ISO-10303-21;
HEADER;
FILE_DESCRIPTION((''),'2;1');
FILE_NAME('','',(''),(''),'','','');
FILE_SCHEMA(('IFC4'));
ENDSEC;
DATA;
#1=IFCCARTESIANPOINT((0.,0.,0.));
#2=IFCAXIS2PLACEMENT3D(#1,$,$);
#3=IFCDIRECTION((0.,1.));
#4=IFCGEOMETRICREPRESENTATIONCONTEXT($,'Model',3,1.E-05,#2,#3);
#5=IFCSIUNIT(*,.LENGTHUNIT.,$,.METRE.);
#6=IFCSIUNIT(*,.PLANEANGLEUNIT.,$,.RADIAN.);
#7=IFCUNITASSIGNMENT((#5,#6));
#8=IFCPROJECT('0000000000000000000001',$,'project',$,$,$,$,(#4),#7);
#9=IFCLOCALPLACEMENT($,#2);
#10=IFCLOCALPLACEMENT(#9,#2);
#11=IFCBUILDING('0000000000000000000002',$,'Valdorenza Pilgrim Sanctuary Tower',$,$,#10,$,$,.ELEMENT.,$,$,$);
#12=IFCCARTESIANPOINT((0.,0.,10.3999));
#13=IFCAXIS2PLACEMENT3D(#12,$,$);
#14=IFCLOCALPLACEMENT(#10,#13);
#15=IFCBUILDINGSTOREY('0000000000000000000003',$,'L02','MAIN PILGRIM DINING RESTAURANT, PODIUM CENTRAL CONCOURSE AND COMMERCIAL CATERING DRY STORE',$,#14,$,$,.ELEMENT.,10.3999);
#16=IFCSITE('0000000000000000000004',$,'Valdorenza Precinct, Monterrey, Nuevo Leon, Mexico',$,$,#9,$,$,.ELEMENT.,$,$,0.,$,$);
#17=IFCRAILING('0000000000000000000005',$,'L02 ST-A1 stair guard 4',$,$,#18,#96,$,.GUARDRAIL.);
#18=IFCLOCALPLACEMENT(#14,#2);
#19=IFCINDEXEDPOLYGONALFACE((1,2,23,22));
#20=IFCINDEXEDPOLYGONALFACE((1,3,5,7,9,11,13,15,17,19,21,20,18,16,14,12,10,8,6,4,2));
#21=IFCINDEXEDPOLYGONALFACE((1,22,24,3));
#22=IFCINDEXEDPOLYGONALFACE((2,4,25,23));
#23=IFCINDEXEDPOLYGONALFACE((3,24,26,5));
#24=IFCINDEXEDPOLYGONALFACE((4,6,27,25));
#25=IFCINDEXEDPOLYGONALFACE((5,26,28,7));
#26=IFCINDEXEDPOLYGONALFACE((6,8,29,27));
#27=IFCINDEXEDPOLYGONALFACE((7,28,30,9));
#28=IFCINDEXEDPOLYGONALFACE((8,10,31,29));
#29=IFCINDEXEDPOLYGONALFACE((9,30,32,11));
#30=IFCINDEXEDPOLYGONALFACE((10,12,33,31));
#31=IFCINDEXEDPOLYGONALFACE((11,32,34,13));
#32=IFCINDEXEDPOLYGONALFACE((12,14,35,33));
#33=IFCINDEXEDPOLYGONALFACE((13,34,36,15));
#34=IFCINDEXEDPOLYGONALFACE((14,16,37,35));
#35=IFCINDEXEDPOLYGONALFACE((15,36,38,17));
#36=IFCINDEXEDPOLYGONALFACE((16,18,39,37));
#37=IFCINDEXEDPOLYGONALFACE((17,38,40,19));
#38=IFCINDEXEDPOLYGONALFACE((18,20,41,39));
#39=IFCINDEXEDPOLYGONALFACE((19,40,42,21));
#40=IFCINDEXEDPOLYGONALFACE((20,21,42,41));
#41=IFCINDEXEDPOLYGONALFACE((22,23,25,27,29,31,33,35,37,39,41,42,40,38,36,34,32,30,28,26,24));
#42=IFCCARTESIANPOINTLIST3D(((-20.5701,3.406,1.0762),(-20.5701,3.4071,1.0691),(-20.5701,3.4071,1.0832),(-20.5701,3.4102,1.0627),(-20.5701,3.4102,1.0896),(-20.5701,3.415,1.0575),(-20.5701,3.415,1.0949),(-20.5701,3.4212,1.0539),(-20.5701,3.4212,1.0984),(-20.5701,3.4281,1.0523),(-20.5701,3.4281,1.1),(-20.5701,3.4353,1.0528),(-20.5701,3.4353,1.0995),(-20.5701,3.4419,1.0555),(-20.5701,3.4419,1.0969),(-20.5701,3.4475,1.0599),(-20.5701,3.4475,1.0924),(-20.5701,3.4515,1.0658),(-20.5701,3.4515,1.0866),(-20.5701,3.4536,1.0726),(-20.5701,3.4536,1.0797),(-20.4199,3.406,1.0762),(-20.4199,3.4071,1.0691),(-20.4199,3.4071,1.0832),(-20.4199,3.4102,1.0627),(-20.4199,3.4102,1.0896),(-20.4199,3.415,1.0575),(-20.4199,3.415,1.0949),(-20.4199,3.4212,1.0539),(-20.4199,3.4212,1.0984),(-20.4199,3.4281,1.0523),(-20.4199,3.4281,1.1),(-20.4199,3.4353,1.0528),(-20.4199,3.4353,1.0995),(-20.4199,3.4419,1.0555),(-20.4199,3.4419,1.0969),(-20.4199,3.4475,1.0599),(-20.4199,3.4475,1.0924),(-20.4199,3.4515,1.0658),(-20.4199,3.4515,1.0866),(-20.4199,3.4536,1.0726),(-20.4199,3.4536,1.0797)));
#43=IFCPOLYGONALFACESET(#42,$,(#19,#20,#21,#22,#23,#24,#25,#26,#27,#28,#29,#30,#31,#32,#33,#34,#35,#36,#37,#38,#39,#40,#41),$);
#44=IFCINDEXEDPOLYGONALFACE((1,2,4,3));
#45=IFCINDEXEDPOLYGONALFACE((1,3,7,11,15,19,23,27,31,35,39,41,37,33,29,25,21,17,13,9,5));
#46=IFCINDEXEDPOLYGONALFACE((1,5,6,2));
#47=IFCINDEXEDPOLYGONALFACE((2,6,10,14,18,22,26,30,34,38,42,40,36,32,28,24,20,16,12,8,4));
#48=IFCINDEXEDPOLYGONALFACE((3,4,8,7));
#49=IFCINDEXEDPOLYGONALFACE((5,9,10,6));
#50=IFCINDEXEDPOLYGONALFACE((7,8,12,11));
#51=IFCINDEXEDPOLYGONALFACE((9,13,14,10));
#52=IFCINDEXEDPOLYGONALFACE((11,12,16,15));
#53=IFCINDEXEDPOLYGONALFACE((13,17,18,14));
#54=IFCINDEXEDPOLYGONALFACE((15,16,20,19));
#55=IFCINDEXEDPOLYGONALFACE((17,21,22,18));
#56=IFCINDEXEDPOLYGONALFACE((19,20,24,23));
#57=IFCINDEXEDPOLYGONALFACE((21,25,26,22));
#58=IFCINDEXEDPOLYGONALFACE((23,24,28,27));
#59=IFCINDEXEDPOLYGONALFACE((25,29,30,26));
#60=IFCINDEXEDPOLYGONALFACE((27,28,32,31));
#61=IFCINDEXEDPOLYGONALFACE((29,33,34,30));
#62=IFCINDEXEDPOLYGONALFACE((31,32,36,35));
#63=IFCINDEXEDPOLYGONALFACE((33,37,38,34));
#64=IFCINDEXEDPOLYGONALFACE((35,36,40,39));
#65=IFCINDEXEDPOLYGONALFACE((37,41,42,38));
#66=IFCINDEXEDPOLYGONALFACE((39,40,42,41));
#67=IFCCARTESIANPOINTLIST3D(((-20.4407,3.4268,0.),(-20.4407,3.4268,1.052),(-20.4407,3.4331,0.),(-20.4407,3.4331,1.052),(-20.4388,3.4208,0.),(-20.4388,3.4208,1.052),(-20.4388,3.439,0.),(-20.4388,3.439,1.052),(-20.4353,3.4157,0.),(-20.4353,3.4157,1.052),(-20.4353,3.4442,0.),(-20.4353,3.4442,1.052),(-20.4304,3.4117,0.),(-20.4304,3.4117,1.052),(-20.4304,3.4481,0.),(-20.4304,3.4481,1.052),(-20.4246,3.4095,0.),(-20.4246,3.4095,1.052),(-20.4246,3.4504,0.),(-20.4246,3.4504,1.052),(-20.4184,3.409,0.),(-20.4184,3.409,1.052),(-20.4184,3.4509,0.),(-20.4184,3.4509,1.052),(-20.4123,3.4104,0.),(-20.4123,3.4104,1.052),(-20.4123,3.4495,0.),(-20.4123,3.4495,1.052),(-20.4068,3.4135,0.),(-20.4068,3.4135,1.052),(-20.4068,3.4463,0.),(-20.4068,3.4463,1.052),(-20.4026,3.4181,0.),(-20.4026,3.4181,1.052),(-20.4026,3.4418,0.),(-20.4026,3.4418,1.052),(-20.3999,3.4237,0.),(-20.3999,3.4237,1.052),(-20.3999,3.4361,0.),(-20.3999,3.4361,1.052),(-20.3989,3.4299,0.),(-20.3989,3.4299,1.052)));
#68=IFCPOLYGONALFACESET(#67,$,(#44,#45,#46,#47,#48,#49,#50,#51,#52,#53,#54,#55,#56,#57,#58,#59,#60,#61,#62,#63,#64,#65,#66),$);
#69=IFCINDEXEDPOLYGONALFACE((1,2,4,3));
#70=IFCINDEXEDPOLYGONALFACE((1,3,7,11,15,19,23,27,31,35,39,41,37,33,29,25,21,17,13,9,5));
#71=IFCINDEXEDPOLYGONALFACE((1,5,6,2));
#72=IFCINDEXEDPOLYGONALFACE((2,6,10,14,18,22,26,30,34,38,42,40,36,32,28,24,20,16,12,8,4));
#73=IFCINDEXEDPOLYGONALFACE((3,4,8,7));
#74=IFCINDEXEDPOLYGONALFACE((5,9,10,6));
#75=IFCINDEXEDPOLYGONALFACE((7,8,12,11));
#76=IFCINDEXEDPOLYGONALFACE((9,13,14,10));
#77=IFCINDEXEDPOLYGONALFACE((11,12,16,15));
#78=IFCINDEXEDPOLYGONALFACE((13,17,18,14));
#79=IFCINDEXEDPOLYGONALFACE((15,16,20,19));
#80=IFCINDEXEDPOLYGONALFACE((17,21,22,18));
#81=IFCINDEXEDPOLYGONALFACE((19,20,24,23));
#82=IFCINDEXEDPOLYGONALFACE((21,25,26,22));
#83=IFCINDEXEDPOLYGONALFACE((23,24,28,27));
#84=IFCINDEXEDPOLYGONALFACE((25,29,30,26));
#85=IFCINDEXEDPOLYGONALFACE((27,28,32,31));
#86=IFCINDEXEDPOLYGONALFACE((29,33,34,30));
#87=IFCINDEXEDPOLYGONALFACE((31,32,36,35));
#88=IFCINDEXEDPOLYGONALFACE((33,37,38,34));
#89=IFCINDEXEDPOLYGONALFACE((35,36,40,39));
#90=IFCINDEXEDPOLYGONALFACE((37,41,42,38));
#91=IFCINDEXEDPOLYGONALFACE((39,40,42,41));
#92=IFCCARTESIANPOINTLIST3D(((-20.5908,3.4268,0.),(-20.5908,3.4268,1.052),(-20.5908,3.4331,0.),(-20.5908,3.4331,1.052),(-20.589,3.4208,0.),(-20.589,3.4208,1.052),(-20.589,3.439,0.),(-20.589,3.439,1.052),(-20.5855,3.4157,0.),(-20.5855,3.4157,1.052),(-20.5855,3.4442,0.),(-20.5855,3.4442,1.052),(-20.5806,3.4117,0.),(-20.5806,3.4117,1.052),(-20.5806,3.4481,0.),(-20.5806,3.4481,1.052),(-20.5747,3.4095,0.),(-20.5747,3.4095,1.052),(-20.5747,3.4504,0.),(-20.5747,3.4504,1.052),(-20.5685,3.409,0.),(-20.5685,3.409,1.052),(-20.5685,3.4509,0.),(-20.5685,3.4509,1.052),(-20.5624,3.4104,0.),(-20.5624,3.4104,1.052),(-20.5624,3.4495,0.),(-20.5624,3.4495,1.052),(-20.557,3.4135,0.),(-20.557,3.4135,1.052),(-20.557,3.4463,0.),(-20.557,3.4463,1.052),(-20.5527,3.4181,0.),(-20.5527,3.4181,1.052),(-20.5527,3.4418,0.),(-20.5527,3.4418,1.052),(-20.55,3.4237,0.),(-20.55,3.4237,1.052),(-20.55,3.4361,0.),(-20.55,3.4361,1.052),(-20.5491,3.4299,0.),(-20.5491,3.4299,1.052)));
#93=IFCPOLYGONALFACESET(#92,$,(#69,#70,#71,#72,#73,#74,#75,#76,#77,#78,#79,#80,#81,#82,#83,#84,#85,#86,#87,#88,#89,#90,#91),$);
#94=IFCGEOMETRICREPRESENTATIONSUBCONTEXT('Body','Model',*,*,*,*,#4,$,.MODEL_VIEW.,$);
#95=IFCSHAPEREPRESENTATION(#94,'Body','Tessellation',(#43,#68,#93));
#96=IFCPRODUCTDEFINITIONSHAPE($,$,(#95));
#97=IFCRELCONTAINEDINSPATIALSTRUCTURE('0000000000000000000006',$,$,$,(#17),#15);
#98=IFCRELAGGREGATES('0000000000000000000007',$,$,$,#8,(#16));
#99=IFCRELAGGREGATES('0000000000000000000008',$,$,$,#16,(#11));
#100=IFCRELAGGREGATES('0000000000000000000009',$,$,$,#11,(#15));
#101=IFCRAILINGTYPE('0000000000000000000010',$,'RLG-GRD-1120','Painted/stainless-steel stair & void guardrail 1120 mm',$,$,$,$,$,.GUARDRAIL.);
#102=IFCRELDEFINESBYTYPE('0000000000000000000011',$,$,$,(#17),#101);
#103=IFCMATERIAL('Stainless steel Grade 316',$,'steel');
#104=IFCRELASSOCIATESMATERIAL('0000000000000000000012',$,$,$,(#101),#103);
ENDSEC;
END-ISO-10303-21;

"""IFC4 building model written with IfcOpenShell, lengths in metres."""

from ifc_helpers import new_model, si_unit, direction, frame, origin, origin_2d, place, context, subcontext, project, spatial, circle, extrude, material, type_object, element, save


model = new_model("IFC4")

# Units and contexts
model_context = context("Model", 3, precision=1e-05, world=origin(), true_north=direction((0.0, 1.0)))
body_context = subcontext(model_context, "Body", "Model", "MODEL_VIEW")
ifc_project = project(units=[si_unit("LENGTHUNIT", "METRE"), si_unit("PLANEANGLEUNIT", "RADIAN")], contexts=[model_context])

# Site, building, storey
site_placement = place(None, origin())
site = spatial("IfcSite", under=ifc_project, at=site_placement, Name="Valdorenza Precinct, Monterrey, Nuevo Leon, Mexico", CompositionType="ELEMENT", RefElevation=0.0)
building_placement = place(site_placement, origin())
building = spatial("IfcBuilding", under=site, at=building_placement, Name="Valdorenza Pilgrim Sanctuary Tower", CompositionType="ELEMENT")
storey_placement = place(building_placement, frame((0.0, 0.0, 10.3999)))
storey = spatial("IfcBuildingStorey", under=building, at=storey_placement, Name="L02", Description="MAIN PILGRIM DINING RESTAURANT, PODIUM CENTRAL CONCOURSE AND COMMERCIAL CATERING DRY STORE", CompositionType="ELEMENT", Elevation=10.3999)

# Railing
ifc_material_1 = material(Name="Stainless steel Grade 316", Category="steel")
railing_type_1 = type_object("IfcRailingType", Name="RLG-GRD-1120", Description="Painted/stainless-steel stair & void guardrail 1120 mm", PredefinedType="GUARDRAIL", material=ifc_material_1)
railing_1_placement = place(storey_placement, frame((-20.4199, 3.4299, 0.0)))
element("IfcRailing", 1, at=railing_1_placement, inside=storey, type_object=railing_type_1, Name="L02 ST-A1 stair guard 4", PredefinedType="GUARDRAIL", context=body_context, shape_type="SweptSolid", body=[
    extrude(circle(Radius=0.0239, at=origin_2d()), frame((0.0, 0.0, 1.0762), z_axis=(-1.0, 0.0, 0.0), x_axis=(0.0, -1.0, 0.0)), (0.0, 0.0, 1.0), 0.1501),
    extrude(circle(Radius=0.021, at=origin_2d()), origin(), (0.0, 0.0, 1.0), 1.052),
    extrude(circle(Radius=0.021, at=origin_2d()), frame((-0.1501, 0.0, 0.0)), (0.0, 0.0, 1.0), 1.052),
])

save(model, "model.ifc")
